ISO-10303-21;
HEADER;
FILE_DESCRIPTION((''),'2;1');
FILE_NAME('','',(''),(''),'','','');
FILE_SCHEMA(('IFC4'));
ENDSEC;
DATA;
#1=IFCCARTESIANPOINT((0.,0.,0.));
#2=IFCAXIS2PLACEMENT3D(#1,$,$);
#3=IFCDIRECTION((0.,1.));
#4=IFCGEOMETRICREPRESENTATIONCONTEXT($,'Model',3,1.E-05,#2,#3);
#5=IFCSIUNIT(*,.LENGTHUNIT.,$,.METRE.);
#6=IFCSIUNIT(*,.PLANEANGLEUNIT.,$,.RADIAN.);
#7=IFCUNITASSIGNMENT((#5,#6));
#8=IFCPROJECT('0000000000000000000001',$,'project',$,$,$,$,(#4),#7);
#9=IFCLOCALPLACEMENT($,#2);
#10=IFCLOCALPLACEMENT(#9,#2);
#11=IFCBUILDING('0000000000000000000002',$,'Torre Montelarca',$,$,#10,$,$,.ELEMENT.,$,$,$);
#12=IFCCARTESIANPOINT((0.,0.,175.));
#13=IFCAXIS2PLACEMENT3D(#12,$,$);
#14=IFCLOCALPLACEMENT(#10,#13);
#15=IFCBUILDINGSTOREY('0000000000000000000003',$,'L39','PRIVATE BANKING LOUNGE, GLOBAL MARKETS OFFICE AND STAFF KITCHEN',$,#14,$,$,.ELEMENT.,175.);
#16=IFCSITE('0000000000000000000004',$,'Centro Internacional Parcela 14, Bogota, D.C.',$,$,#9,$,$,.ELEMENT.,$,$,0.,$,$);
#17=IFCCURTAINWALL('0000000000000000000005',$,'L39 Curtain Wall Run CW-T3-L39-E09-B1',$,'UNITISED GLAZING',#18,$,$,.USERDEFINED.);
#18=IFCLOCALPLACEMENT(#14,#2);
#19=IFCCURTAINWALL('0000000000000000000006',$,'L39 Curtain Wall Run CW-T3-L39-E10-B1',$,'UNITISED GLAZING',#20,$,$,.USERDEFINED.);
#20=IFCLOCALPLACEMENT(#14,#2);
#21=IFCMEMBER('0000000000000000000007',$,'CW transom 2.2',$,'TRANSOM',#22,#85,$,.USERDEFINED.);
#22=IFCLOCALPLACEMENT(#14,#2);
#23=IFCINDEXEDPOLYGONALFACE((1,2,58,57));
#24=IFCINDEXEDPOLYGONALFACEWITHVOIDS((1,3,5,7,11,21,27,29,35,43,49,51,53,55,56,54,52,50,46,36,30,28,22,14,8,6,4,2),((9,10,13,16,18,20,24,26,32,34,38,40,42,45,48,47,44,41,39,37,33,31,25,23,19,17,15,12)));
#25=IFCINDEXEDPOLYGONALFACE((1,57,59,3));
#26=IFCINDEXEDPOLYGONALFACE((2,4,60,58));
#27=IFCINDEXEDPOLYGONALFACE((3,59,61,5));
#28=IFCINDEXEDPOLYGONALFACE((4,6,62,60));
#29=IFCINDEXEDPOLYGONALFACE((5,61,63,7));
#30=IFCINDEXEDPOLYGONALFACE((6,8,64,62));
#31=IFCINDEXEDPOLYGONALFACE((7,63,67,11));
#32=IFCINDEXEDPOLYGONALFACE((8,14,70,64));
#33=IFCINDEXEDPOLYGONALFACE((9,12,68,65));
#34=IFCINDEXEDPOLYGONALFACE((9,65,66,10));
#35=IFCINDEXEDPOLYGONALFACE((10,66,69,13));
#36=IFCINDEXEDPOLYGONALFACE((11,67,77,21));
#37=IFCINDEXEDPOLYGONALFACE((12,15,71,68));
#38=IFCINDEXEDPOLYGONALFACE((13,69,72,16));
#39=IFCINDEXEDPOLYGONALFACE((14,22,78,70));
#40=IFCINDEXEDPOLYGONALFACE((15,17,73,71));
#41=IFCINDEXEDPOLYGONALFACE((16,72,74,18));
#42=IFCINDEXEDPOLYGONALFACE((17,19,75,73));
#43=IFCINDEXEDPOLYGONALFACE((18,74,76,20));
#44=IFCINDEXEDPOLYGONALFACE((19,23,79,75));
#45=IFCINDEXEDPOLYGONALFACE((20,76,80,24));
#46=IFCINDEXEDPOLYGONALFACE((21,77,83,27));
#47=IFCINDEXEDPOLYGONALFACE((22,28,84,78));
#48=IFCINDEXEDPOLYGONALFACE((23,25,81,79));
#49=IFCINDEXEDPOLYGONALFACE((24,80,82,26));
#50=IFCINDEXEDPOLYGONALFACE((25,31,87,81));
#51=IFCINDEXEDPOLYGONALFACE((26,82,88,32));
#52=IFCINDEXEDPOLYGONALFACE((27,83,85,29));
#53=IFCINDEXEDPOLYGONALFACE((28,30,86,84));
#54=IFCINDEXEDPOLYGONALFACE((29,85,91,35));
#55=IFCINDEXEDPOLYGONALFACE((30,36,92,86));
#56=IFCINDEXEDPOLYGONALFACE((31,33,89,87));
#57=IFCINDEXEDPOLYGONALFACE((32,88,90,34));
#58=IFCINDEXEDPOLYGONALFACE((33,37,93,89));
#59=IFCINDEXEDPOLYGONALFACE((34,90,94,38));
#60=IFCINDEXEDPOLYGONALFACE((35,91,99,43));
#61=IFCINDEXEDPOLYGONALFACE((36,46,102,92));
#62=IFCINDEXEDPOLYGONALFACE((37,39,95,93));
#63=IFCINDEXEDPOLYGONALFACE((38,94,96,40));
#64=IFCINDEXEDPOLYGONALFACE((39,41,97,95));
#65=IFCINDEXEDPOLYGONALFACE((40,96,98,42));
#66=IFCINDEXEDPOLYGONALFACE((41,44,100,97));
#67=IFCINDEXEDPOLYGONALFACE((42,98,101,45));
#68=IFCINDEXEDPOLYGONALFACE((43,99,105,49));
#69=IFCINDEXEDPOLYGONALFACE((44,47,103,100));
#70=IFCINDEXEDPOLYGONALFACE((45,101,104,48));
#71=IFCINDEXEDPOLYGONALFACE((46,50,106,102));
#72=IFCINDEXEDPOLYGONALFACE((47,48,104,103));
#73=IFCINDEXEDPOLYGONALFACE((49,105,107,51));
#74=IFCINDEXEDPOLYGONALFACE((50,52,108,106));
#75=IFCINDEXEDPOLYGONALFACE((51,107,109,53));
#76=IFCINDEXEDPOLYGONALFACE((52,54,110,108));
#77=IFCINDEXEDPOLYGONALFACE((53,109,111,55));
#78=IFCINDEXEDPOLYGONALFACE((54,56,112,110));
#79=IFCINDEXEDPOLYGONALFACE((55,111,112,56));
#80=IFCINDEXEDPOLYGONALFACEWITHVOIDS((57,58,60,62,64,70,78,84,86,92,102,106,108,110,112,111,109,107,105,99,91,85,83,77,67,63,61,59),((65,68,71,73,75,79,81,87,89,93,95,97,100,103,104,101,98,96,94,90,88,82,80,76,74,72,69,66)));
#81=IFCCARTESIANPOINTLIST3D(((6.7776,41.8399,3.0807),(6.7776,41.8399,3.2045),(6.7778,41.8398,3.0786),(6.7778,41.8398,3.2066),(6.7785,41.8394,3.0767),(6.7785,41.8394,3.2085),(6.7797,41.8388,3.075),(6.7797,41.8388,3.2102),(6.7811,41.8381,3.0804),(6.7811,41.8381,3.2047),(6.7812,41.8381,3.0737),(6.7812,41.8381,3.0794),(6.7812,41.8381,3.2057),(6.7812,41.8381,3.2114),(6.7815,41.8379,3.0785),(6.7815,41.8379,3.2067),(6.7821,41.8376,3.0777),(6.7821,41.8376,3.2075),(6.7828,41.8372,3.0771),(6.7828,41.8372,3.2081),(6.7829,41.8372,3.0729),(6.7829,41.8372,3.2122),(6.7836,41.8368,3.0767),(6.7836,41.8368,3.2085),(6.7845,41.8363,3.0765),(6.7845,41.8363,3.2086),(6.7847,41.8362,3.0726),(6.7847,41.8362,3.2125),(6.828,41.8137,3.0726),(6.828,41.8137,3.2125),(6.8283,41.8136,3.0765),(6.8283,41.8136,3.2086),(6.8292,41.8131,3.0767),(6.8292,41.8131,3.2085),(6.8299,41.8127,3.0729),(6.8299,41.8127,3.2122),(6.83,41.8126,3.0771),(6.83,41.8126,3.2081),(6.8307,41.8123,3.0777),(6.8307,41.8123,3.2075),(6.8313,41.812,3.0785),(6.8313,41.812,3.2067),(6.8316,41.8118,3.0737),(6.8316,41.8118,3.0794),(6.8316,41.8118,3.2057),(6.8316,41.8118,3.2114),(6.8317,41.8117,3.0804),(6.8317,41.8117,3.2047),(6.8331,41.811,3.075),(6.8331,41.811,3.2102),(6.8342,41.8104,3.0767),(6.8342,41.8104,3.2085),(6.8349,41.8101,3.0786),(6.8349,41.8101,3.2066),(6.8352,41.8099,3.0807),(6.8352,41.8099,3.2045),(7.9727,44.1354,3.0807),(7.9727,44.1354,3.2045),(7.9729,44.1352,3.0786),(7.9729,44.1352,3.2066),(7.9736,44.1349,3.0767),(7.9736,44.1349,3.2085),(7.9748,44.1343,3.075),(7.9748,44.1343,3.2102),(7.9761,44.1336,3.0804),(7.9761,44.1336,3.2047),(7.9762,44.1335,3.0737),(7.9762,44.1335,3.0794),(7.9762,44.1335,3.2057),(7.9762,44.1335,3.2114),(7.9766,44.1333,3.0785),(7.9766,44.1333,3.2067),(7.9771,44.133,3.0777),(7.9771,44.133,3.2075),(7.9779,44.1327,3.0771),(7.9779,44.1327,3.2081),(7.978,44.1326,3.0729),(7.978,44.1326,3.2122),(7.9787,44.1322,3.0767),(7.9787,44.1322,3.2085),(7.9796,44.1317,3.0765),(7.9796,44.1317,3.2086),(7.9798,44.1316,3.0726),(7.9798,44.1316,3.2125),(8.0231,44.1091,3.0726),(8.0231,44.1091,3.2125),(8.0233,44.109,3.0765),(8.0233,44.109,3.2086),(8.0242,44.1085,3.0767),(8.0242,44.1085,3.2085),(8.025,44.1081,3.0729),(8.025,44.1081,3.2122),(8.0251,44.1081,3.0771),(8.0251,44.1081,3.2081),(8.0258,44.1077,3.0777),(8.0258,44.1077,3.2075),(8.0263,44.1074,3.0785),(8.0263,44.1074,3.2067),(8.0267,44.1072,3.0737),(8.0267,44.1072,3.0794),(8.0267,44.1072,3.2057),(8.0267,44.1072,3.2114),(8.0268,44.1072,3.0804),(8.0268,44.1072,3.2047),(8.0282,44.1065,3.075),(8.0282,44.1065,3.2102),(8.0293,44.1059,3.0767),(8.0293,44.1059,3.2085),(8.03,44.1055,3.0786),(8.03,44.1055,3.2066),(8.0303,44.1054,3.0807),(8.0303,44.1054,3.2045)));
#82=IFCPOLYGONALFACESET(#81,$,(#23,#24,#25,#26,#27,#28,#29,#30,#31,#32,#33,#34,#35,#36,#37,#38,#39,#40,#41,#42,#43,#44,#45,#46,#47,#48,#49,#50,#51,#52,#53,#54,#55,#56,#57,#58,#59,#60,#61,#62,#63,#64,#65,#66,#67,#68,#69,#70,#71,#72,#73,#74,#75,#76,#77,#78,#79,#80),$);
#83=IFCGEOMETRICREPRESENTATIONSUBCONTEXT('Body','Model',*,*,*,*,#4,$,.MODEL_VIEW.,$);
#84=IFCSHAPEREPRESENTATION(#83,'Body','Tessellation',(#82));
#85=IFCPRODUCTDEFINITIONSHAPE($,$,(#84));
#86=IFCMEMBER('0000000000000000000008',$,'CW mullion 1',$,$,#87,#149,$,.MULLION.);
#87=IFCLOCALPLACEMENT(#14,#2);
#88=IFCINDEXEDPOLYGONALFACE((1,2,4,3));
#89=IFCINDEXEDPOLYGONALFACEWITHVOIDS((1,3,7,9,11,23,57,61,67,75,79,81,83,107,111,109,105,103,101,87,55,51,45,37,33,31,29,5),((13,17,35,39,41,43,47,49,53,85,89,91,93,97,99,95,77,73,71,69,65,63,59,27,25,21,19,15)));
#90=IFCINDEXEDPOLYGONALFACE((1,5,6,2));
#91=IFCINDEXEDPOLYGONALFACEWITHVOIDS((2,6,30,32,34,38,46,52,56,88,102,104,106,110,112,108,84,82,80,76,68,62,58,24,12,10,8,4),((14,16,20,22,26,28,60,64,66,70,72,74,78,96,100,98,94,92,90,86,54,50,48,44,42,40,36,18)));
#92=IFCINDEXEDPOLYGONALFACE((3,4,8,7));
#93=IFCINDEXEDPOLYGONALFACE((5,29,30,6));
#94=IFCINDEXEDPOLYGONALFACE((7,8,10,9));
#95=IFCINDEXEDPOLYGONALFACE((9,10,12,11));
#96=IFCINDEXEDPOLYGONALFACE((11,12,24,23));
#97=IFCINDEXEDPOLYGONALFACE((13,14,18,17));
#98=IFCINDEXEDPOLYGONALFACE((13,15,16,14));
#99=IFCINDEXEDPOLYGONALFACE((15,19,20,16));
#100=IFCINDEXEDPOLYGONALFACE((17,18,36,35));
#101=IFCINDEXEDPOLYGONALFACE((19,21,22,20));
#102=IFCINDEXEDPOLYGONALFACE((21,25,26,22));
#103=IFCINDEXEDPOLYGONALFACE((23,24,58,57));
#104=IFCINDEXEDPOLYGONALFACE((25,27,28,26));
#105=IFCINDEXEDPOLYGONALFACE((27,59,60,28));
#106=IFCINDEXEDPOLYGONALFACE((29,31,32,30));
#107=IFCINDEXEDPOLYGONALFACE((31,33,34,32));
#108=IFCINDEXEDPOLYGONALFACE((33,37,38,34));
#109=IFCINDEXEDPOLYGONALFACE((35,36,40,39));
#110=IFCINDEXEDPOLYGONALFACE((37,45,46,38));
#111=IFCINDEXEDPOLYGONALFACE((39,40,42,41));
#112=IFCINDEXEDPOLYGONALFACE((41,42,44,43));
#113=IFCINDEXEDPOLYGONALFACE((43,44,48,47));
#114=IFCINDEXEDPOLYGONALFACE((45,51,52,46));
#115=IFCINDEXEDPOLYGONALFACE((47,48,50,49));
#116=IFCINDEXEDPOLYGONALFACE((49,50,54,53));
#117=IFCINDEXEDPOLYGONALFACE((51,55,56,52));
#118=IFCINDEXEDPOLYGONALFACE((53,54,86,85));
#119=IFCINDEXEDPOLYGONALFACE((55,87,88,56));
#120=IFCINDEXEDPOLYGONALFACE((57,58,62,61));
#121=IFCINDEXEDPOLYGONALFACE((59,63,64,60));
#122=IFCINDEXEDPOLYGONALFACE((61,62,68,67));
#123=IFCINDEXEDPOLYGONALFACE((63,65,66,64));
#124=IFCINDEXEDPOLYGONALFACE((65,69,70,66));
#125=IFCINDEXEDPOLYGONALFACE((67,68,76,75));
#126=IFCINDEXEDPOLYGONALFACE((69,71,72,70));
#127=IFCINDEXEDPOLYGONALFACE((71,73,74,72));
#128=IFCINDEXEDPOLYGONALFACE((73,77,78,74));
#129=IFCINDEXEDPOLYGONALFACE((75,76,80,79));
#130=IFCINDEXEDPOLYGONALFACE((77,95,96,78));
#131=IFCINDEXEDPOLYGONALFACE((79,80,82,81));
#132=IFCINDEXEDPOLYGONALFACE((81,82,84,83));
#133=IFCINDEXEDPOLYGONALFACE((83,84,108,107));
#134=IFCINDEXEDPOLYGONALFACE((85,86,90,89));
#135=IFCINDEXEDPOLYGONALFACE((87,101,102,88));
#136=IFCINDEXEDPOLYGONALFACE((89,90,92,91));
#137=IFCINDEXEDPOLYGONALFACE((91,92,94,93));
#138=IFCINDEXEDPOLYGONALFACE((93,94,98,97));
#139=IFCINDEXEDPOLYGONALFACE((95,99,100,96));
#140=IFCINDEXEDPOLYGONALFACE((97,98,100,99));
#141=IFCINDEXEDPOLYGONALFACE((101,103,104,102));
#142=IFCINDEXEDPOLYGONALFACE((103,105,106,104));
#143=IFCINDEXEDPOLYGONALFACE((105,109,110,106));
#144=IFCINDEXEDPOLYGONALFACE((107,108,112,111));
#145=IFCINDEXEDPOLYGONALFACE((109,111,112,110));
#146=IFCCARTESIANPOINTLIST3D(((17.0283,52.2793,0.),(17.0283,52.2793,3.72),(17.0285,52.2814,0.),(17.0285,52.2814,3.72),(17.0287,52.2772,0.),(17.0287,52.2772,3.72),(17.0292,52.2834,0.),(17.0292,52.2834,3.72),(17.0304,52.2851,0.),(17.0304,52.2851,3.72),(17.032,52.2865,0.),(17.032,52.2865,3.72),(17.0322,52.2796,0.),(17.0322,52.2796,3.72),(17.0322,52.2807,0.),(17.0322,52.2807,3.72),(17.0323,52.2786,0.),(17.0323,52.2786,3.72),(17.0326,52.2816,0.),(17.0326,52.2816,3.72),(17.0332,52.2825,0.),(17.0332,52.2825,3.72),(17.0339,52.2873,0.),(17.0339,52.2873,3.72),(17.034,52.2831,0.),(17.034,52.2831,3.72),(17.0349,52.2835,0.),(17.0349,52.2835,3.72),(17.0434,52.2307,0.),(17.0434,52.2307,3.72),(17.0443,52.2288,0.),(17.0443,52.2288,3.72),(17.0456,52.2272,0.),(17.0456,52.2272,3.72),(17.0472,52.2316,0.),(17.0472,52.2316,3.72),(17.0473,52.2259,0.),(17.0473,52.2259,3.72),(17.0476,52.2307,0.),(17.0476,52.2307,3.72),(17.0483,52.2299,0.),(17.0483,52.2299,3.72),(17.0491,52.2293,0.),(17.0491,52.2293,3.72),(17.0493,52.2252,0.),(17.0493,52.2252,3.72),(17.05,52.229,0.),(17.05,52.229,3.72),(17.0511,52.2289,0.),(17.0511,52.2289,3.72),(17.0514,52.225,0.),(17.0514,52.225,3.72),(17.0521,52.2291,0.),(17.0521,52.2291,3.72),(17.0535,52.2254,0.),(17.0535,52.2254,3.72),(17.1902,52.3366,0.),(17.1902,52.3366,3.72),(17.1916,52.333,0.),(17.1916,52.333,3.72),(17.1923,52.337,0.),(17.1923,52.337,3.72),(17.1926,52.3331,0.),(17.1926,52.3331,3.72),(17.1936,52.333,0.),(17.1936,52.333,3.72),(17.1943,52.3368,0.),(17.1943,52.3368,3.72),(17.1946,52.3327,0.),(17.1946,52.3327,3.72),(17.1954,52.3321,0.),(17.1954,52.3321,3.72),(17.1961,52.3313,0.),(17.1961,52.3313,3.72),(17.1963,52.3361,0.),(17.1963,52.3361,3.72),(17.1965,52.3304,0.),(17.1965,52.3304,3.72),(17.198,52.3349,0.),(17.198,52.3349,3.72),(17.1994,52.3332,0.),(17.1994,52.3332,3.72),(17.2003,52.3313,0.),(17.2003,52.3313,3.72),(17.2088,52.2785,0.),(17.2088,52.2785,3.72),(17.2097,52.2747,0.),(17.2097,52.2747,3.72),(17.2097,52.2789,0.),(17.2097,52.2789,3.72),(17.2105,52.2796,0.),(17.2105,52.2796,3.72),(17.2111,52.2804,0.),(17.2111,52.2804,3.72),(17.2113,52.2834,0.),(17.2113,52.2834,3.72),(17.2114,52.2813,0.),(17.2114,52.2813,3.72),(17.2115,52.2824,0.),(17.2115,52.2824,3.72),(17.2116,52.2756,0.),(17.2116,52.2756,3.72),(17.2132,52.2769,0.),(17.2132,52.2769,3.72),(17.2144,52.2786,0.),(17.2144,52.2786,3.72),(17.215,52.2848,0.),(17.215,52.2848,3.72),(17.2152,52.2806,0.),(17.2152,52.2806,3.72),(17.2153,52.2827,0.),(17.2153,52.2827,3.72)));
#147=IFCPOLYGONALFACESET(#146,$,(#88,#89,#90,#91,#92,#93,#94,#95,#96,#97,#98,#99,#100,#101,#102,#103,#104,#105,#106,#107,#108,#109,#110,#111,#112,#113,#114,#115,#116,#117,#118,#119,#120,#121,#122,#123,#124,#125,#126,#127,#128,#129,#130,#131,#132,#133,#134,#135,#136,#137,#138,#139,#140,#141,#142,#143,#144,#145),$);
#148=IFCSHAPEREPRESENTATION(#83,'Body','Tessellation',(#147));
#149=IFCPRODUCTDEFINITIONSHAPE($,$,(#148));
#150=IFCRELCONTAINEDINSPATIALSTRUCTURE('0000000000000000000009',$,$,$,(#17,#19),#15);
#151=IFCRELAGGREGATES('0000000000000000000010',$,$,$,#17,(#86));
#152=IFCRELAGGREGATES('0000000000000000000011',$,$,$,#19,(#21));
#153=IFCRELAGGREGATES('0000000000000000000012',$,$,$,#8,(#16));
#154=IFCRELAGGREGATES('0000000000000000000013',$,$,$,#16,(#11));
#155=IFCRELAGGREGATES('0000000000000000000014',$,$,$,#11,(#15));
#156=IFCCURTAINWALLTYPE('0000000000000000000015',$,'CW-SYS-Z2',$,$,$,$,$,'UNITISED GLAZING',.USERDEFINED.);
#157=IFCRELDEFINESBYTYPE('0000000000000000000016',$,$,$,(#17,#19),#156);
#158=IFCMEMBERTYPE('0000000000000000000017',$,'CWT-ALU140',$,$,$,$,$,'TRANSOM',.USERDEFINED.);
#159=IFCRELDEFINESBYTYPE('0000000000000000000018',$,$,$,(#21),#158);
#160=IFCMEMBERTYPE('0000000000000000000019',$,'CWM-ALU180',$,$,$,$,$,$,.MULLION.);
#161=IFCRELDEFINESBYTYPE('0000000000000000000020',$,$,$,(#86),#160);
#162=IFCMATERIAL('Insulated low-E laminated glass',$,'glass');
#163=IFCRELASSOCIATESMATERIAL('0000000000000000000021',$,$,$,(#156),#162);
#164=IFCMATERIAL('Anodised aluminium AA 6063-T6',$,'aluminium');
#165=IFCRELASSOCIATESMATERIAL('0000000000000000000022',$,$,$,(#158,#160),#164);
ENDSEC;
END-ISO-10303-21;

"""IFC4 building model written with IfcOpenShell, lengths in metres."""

from ifc_helpers import new_model, si_unit, direction, frame, origin, origin_2d, place, context, subcontext, project, spatial, hollow_rectangle, extrude, source, transform, mapped, material, material_profile, profile_set, type_object, element, aggregate, save


model = new_model("IFC4")

# Units and contexts
model_context = context("Model", 3, precision=1e-05, world=origin(), true_north=direction((0.0, 1.0)))
body_context = subcontext(model_context, "Body", "Model", "MODEL_VIEW")
ifc_project = project(units=[si_unit("LENGTHUNIT", "METRE"), si_unit("PLANEANGLEUNIT", "RADIAN")], contexts=[model_context])

# Site, building, storey
site_placement = place(None, origin())
site = spatial("IfcSite", under=ifc_project, at=site_placement, Name="Centro Internacional Parcela 14, Bogota, D.C.", CompositionType="ELEMENT", RefElevation=0.0)
building_placement = place(site_placement, origin())
building = spatial("IfcBuilding", under=site, at=building_placement, Name="Torre Montelarca", CompositionType="ELEMENT")
storey_placement = place(building_placement, frame((0.0, 0.0, 175.0)))
storey = spatial("IfcBuildingStorey", under=building, at=storey_placement, Name="L39", Description="PRIVATE BANKING LOUNGE, GLOBAL MARKETS OFFICE AND STAFF KITCHEN", CompositionType="ELEMENT", Elevation=175.0)

# Curtain walls, member
ifc_material_1 = material(Name="Insulated low-E laminated glass", Category="glass")
curtain_wall_type = type_object("IfcCurtainWallType", Name="CW-SYS-Z2", ElementType="UNITISED GLAZING", PredefinedType="USERDEFINED", material=ifc_material_1)
curtain_wall_1_placement = place(storey_placement, origin())
curtain_wall_1 = element("IfcCurtainWall", 1, at=curtain_wall_1_placement, inside=storey, type_object=curtain_wall_type, Name="L39 Curtain Wall Run CW-T3-L39-E09-B1", ObjectType="UNITISED GLAZING", PredefinedType="USERDEFINED")
ifc_material_2 = material(Name="Anodised aluminium AA 6063-T6", Category="aluminium")
ifc_material_profile_1 = material_profile(ifc_material_2, hollow_rectangle(XDim=0.0649, YDim=0.1399, WallThickness=0.0039, InnerFilletRadius=0.0039, OuterFilletRadius=0.0081, at=origin_2d()), Name="ALU65X140X4", Category="aluminium")
ifc_profile_set_1 = profile_set([ifc_material_profile_1], Name="Anodised aluminium AA 6063-T6")
member_type_1 = type_object("IfcMemberType", Name="CWT-ALU140", ElementType="TRANSOM", PredefinedType="USERDEFINED", material=ifc_profile_set_1)
curtain_wall_2_placement = place(storey_placement, origin())
curtain_wall_2 = element("IfcCurtainWall", 2, at=curtain_wall_2_placement, inside=storey, type_object=curtain_wall_type, Name="L39 Curtain Wall Run CW-T3-L39-E10-B1", ObjectType="UNITISED GLAZING", PredefinedType="USERDEFINED")
shared_shape_1 = source(origin(), body_context, "Body", "SweptSolid", [
    extrude(hollow_rectangle(XDim=0.0649, YDim=0.1399, WallThickness=0.0039, InnerFilletRadius=0.0039, OuterFilletRadius=0.0081, at=origin_2d()), origin(), (0.0, 0.0, 1.0), 2.5879),
])
member_1_placement = place(storey_placement, frame((8.0015, 44.1204, 3.1426), z_axis=(-0.461795, -0.886987, 0.0), x_axis=(0.886987, -0.461795, 0.0)))
member_1 = element("IfcMember", 3, at=member_1_placement, type_object=member_type_1, Name="CW transom 2.2", ObjectType="TRANSOM", PredefinedType="USERDEFINED", context=body_context, shape_type="MappedRepresentation", body=[
    mapped(shared_shape_1, transform((0.0, 0.0, 0.0), scale=1.0)),
])

# Member
ifc_material_profile_2 = material_profile(ifc_material_2, hollow_rectangle(XDim=0.0649, YDim=0.1799, WallThickness=0.0039, InnerFilletRadius=0.0039, OuterFilletRadius=0.0081, at=origin_2d()), Name="ALU65X180X4", Category="aluminium")
ifc_profile_set_2 = profile_set([ifc_material_profile_2], Name="Anodised aluminium AA 6063-T6")
member_type_2 = type_object("IfcMemberType", Name="CWM-ALU180", PredefinedType="MULLION", material=ifc_profile_set_2)
shared_shape_2 = source(origin(), body_context, "Body", "SweptSolid", [
    extrude(hollow_rectangle(XDim=0.0649, YDim=0.1799, WallThickness=0.0039, InnerFilletRadius=0.0039, OuterFilletRadius=0.0081, at=origin_2d()), origin(), (0.0, 0.0, 1.0), 3.72),
])
member_2_placement = place(storey_placement, frame((17.1218, 52.281, 0.0), z_axis=(0.0, 0.0, 1.0), x_axis=(0.300699, -0.953719, 0.0)))
member_2 = element("IfcMember", 4, at=member_2_placement, type_object=member_type_2, Name="CW mullion 1", PredefinedType="MULLION", context=body_context, shape_type="MappedRepresentation", body=[
    mapped(shared_shape_2, transform((0.0, 0.0, 0.0), scale=1.0)),
])

aggregate(curtain_wall_1, [member_2])
aggregate(curtain_wall_2, [member_1])

save(model, "model.ifc")
